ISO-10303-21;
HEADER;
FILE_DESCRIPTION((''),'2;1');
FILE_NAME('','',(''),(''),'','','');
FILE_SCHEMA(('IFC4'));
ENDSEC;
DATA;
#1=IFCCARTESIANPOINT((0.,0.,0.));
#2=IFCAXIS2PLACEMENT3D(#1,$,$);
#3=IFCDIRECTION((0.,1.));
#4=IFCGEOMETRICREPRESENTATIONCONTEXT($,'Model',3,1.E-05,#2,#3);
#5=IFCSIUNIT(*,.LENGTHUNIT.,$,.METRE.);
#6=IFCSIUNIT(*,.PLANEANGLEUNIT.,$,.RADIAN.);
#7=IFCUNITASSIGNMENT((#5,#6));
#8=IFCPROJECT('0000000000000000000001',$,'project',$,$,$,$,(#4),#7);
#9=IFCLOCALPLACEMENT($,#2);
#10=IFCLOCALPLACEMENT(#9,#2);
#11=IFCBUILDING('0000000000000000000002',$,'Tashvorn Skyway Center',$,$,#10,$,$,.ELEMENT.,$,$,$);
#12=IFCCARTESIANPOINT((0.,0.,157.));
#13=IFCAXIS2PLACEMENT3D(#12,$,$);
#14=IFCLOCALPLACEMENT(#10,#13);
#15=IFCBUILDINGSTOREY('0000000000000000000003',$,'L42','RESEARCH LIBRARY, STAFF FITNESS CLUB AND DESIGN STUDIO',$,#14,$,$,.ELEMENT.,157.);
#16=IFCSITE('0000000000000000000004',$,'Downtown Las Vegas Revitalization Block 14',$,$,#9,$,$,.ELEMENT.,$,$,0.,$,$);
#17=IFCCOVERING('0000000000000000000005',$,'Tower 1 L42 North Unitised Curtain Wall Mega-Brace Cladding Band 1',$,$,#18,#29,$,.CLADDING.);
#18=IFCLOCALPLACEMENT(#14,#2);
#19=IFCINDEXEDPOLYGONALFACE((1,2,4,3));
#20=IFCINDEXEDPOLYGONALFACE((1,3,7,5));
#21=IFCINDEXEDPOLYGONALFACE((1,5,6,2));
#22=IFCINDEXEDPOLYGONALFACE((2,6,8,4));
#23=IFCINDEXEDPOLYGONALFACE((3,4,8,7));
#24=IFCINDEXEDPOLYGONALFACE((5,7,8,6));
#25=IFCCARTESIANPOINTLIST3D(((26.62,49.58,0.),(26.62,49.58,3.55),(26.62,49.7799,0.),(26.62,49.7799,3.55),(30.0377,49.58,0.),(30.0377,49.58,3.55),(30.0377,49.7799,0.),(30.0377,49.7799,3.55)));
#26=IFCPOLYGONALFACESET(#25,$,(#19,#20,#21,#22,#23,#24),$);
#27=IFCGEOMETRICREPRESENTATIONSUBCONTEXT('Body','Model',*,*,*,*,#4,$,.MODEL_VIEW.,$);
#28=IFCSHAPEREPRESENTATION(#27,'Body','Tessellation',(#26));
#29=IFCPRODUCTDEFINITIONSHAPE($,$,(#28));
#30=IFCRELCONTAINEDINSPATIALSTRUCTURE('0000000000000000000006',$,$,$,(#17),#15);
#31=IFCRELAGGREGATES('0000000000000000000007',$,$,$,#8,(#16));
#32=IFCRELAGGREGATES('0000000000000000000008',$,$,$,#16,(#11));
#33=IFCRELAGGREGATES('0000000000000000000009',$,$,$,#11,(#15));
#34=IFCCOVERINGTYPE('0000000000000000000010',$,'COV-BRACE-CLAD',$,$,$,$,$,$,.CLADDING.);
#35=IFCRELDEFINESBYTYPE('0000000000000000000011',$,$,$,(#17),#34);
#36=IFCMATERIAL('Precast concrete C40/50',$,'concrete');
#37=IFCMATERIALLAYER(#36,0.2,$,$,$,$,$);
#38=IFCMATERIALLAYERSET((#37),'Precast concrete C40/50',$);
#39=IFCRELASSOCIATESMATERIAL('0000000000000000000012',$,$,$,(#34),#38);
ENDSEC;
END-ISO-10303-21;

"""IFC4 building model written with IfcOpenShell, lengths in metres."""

from ifc_helpers import new_model, si_unit, direction, frame, origin, origin_2d, place, context, subcontext, project, spatial, rectangle, extrude, material, layer, layer_set, type_object, element, save


model = new_model("IFC4")

# Units and contexts
model_context = context("Model", 3, precision=1e-05, world=origin(), true_north=direction((0.0, 1.0)))
body_context = subcontext(model_context, "Body", "Model", "MODEL_VIEW")
ifc_project = project(units=[si_unit("LENGTHUNIT", "METRE"), si_unit("PLANEANGLEUNIT", "RADIAN")], contexts=[model_context])

# Site, building, storey
site_placement = place(None, origin())
site = spatial("IfcSite", under=ifc_project, at=site_placement, Name="Downtown Las Vegas Revitalization Block 14", CompositionType="ELEMENT", RefElevation=0.0)
building_placement = place(site_placement, origin())
building = spatial("IfcBuilding", under=site, at=building_placement, Name="Tashvorn Skyway Center", CompositionType="ELEMENT")
storey_placement = place(building_placement, frame((0.0, 0.0, 157.0)))
storey = spatial("IfcBuildingStorey", under=building, at=storey_placement, Name="L42", Description="RESEARCH LIBRARY, STAFF FITNESS CLUB AND DESIGN STUDIO", CompositionType="ELEMENT", Elevation=157.0)

# Covering
ifc_material_1 = material(Name="Precast concrete C40/50", Category="concrete")
ifc_layer_1 = layer(ifc_material_1, 0.2)
ifc_layer_set_1 = layer_set([ifc_layer_1], Name="Precast concrete C40/50")
covering_type = type_object("IfcCoveringType", Name="COV-BRACE-CLAD", PredefinedType="CLADDING", material=ifc_layer_set_1)
covering_placement = place(storey_placement, frame((28.3289, 49.6799, 0.0), z_axis=(0.0, 0.0, 1.0), x_axis=(1.0, 0.0, 0.0)))
element("IfcCovering", 1, at=covering_placement, inside=storey, type_object=covering_type, Name="Tower 1 L42 North Unitised Curtain Wall Mega-Brace Cladding Band 1", PredefinedType="CLADDING", context=body_context, shape_type="SweptSolid", body=[
    extrude(rectangle(XDim=3.4177, YDim=0.2, at=origin_2d()), origin(), (0.0, 0.0, 1.0), 3.55),
])

save(model, "model.ifc")
